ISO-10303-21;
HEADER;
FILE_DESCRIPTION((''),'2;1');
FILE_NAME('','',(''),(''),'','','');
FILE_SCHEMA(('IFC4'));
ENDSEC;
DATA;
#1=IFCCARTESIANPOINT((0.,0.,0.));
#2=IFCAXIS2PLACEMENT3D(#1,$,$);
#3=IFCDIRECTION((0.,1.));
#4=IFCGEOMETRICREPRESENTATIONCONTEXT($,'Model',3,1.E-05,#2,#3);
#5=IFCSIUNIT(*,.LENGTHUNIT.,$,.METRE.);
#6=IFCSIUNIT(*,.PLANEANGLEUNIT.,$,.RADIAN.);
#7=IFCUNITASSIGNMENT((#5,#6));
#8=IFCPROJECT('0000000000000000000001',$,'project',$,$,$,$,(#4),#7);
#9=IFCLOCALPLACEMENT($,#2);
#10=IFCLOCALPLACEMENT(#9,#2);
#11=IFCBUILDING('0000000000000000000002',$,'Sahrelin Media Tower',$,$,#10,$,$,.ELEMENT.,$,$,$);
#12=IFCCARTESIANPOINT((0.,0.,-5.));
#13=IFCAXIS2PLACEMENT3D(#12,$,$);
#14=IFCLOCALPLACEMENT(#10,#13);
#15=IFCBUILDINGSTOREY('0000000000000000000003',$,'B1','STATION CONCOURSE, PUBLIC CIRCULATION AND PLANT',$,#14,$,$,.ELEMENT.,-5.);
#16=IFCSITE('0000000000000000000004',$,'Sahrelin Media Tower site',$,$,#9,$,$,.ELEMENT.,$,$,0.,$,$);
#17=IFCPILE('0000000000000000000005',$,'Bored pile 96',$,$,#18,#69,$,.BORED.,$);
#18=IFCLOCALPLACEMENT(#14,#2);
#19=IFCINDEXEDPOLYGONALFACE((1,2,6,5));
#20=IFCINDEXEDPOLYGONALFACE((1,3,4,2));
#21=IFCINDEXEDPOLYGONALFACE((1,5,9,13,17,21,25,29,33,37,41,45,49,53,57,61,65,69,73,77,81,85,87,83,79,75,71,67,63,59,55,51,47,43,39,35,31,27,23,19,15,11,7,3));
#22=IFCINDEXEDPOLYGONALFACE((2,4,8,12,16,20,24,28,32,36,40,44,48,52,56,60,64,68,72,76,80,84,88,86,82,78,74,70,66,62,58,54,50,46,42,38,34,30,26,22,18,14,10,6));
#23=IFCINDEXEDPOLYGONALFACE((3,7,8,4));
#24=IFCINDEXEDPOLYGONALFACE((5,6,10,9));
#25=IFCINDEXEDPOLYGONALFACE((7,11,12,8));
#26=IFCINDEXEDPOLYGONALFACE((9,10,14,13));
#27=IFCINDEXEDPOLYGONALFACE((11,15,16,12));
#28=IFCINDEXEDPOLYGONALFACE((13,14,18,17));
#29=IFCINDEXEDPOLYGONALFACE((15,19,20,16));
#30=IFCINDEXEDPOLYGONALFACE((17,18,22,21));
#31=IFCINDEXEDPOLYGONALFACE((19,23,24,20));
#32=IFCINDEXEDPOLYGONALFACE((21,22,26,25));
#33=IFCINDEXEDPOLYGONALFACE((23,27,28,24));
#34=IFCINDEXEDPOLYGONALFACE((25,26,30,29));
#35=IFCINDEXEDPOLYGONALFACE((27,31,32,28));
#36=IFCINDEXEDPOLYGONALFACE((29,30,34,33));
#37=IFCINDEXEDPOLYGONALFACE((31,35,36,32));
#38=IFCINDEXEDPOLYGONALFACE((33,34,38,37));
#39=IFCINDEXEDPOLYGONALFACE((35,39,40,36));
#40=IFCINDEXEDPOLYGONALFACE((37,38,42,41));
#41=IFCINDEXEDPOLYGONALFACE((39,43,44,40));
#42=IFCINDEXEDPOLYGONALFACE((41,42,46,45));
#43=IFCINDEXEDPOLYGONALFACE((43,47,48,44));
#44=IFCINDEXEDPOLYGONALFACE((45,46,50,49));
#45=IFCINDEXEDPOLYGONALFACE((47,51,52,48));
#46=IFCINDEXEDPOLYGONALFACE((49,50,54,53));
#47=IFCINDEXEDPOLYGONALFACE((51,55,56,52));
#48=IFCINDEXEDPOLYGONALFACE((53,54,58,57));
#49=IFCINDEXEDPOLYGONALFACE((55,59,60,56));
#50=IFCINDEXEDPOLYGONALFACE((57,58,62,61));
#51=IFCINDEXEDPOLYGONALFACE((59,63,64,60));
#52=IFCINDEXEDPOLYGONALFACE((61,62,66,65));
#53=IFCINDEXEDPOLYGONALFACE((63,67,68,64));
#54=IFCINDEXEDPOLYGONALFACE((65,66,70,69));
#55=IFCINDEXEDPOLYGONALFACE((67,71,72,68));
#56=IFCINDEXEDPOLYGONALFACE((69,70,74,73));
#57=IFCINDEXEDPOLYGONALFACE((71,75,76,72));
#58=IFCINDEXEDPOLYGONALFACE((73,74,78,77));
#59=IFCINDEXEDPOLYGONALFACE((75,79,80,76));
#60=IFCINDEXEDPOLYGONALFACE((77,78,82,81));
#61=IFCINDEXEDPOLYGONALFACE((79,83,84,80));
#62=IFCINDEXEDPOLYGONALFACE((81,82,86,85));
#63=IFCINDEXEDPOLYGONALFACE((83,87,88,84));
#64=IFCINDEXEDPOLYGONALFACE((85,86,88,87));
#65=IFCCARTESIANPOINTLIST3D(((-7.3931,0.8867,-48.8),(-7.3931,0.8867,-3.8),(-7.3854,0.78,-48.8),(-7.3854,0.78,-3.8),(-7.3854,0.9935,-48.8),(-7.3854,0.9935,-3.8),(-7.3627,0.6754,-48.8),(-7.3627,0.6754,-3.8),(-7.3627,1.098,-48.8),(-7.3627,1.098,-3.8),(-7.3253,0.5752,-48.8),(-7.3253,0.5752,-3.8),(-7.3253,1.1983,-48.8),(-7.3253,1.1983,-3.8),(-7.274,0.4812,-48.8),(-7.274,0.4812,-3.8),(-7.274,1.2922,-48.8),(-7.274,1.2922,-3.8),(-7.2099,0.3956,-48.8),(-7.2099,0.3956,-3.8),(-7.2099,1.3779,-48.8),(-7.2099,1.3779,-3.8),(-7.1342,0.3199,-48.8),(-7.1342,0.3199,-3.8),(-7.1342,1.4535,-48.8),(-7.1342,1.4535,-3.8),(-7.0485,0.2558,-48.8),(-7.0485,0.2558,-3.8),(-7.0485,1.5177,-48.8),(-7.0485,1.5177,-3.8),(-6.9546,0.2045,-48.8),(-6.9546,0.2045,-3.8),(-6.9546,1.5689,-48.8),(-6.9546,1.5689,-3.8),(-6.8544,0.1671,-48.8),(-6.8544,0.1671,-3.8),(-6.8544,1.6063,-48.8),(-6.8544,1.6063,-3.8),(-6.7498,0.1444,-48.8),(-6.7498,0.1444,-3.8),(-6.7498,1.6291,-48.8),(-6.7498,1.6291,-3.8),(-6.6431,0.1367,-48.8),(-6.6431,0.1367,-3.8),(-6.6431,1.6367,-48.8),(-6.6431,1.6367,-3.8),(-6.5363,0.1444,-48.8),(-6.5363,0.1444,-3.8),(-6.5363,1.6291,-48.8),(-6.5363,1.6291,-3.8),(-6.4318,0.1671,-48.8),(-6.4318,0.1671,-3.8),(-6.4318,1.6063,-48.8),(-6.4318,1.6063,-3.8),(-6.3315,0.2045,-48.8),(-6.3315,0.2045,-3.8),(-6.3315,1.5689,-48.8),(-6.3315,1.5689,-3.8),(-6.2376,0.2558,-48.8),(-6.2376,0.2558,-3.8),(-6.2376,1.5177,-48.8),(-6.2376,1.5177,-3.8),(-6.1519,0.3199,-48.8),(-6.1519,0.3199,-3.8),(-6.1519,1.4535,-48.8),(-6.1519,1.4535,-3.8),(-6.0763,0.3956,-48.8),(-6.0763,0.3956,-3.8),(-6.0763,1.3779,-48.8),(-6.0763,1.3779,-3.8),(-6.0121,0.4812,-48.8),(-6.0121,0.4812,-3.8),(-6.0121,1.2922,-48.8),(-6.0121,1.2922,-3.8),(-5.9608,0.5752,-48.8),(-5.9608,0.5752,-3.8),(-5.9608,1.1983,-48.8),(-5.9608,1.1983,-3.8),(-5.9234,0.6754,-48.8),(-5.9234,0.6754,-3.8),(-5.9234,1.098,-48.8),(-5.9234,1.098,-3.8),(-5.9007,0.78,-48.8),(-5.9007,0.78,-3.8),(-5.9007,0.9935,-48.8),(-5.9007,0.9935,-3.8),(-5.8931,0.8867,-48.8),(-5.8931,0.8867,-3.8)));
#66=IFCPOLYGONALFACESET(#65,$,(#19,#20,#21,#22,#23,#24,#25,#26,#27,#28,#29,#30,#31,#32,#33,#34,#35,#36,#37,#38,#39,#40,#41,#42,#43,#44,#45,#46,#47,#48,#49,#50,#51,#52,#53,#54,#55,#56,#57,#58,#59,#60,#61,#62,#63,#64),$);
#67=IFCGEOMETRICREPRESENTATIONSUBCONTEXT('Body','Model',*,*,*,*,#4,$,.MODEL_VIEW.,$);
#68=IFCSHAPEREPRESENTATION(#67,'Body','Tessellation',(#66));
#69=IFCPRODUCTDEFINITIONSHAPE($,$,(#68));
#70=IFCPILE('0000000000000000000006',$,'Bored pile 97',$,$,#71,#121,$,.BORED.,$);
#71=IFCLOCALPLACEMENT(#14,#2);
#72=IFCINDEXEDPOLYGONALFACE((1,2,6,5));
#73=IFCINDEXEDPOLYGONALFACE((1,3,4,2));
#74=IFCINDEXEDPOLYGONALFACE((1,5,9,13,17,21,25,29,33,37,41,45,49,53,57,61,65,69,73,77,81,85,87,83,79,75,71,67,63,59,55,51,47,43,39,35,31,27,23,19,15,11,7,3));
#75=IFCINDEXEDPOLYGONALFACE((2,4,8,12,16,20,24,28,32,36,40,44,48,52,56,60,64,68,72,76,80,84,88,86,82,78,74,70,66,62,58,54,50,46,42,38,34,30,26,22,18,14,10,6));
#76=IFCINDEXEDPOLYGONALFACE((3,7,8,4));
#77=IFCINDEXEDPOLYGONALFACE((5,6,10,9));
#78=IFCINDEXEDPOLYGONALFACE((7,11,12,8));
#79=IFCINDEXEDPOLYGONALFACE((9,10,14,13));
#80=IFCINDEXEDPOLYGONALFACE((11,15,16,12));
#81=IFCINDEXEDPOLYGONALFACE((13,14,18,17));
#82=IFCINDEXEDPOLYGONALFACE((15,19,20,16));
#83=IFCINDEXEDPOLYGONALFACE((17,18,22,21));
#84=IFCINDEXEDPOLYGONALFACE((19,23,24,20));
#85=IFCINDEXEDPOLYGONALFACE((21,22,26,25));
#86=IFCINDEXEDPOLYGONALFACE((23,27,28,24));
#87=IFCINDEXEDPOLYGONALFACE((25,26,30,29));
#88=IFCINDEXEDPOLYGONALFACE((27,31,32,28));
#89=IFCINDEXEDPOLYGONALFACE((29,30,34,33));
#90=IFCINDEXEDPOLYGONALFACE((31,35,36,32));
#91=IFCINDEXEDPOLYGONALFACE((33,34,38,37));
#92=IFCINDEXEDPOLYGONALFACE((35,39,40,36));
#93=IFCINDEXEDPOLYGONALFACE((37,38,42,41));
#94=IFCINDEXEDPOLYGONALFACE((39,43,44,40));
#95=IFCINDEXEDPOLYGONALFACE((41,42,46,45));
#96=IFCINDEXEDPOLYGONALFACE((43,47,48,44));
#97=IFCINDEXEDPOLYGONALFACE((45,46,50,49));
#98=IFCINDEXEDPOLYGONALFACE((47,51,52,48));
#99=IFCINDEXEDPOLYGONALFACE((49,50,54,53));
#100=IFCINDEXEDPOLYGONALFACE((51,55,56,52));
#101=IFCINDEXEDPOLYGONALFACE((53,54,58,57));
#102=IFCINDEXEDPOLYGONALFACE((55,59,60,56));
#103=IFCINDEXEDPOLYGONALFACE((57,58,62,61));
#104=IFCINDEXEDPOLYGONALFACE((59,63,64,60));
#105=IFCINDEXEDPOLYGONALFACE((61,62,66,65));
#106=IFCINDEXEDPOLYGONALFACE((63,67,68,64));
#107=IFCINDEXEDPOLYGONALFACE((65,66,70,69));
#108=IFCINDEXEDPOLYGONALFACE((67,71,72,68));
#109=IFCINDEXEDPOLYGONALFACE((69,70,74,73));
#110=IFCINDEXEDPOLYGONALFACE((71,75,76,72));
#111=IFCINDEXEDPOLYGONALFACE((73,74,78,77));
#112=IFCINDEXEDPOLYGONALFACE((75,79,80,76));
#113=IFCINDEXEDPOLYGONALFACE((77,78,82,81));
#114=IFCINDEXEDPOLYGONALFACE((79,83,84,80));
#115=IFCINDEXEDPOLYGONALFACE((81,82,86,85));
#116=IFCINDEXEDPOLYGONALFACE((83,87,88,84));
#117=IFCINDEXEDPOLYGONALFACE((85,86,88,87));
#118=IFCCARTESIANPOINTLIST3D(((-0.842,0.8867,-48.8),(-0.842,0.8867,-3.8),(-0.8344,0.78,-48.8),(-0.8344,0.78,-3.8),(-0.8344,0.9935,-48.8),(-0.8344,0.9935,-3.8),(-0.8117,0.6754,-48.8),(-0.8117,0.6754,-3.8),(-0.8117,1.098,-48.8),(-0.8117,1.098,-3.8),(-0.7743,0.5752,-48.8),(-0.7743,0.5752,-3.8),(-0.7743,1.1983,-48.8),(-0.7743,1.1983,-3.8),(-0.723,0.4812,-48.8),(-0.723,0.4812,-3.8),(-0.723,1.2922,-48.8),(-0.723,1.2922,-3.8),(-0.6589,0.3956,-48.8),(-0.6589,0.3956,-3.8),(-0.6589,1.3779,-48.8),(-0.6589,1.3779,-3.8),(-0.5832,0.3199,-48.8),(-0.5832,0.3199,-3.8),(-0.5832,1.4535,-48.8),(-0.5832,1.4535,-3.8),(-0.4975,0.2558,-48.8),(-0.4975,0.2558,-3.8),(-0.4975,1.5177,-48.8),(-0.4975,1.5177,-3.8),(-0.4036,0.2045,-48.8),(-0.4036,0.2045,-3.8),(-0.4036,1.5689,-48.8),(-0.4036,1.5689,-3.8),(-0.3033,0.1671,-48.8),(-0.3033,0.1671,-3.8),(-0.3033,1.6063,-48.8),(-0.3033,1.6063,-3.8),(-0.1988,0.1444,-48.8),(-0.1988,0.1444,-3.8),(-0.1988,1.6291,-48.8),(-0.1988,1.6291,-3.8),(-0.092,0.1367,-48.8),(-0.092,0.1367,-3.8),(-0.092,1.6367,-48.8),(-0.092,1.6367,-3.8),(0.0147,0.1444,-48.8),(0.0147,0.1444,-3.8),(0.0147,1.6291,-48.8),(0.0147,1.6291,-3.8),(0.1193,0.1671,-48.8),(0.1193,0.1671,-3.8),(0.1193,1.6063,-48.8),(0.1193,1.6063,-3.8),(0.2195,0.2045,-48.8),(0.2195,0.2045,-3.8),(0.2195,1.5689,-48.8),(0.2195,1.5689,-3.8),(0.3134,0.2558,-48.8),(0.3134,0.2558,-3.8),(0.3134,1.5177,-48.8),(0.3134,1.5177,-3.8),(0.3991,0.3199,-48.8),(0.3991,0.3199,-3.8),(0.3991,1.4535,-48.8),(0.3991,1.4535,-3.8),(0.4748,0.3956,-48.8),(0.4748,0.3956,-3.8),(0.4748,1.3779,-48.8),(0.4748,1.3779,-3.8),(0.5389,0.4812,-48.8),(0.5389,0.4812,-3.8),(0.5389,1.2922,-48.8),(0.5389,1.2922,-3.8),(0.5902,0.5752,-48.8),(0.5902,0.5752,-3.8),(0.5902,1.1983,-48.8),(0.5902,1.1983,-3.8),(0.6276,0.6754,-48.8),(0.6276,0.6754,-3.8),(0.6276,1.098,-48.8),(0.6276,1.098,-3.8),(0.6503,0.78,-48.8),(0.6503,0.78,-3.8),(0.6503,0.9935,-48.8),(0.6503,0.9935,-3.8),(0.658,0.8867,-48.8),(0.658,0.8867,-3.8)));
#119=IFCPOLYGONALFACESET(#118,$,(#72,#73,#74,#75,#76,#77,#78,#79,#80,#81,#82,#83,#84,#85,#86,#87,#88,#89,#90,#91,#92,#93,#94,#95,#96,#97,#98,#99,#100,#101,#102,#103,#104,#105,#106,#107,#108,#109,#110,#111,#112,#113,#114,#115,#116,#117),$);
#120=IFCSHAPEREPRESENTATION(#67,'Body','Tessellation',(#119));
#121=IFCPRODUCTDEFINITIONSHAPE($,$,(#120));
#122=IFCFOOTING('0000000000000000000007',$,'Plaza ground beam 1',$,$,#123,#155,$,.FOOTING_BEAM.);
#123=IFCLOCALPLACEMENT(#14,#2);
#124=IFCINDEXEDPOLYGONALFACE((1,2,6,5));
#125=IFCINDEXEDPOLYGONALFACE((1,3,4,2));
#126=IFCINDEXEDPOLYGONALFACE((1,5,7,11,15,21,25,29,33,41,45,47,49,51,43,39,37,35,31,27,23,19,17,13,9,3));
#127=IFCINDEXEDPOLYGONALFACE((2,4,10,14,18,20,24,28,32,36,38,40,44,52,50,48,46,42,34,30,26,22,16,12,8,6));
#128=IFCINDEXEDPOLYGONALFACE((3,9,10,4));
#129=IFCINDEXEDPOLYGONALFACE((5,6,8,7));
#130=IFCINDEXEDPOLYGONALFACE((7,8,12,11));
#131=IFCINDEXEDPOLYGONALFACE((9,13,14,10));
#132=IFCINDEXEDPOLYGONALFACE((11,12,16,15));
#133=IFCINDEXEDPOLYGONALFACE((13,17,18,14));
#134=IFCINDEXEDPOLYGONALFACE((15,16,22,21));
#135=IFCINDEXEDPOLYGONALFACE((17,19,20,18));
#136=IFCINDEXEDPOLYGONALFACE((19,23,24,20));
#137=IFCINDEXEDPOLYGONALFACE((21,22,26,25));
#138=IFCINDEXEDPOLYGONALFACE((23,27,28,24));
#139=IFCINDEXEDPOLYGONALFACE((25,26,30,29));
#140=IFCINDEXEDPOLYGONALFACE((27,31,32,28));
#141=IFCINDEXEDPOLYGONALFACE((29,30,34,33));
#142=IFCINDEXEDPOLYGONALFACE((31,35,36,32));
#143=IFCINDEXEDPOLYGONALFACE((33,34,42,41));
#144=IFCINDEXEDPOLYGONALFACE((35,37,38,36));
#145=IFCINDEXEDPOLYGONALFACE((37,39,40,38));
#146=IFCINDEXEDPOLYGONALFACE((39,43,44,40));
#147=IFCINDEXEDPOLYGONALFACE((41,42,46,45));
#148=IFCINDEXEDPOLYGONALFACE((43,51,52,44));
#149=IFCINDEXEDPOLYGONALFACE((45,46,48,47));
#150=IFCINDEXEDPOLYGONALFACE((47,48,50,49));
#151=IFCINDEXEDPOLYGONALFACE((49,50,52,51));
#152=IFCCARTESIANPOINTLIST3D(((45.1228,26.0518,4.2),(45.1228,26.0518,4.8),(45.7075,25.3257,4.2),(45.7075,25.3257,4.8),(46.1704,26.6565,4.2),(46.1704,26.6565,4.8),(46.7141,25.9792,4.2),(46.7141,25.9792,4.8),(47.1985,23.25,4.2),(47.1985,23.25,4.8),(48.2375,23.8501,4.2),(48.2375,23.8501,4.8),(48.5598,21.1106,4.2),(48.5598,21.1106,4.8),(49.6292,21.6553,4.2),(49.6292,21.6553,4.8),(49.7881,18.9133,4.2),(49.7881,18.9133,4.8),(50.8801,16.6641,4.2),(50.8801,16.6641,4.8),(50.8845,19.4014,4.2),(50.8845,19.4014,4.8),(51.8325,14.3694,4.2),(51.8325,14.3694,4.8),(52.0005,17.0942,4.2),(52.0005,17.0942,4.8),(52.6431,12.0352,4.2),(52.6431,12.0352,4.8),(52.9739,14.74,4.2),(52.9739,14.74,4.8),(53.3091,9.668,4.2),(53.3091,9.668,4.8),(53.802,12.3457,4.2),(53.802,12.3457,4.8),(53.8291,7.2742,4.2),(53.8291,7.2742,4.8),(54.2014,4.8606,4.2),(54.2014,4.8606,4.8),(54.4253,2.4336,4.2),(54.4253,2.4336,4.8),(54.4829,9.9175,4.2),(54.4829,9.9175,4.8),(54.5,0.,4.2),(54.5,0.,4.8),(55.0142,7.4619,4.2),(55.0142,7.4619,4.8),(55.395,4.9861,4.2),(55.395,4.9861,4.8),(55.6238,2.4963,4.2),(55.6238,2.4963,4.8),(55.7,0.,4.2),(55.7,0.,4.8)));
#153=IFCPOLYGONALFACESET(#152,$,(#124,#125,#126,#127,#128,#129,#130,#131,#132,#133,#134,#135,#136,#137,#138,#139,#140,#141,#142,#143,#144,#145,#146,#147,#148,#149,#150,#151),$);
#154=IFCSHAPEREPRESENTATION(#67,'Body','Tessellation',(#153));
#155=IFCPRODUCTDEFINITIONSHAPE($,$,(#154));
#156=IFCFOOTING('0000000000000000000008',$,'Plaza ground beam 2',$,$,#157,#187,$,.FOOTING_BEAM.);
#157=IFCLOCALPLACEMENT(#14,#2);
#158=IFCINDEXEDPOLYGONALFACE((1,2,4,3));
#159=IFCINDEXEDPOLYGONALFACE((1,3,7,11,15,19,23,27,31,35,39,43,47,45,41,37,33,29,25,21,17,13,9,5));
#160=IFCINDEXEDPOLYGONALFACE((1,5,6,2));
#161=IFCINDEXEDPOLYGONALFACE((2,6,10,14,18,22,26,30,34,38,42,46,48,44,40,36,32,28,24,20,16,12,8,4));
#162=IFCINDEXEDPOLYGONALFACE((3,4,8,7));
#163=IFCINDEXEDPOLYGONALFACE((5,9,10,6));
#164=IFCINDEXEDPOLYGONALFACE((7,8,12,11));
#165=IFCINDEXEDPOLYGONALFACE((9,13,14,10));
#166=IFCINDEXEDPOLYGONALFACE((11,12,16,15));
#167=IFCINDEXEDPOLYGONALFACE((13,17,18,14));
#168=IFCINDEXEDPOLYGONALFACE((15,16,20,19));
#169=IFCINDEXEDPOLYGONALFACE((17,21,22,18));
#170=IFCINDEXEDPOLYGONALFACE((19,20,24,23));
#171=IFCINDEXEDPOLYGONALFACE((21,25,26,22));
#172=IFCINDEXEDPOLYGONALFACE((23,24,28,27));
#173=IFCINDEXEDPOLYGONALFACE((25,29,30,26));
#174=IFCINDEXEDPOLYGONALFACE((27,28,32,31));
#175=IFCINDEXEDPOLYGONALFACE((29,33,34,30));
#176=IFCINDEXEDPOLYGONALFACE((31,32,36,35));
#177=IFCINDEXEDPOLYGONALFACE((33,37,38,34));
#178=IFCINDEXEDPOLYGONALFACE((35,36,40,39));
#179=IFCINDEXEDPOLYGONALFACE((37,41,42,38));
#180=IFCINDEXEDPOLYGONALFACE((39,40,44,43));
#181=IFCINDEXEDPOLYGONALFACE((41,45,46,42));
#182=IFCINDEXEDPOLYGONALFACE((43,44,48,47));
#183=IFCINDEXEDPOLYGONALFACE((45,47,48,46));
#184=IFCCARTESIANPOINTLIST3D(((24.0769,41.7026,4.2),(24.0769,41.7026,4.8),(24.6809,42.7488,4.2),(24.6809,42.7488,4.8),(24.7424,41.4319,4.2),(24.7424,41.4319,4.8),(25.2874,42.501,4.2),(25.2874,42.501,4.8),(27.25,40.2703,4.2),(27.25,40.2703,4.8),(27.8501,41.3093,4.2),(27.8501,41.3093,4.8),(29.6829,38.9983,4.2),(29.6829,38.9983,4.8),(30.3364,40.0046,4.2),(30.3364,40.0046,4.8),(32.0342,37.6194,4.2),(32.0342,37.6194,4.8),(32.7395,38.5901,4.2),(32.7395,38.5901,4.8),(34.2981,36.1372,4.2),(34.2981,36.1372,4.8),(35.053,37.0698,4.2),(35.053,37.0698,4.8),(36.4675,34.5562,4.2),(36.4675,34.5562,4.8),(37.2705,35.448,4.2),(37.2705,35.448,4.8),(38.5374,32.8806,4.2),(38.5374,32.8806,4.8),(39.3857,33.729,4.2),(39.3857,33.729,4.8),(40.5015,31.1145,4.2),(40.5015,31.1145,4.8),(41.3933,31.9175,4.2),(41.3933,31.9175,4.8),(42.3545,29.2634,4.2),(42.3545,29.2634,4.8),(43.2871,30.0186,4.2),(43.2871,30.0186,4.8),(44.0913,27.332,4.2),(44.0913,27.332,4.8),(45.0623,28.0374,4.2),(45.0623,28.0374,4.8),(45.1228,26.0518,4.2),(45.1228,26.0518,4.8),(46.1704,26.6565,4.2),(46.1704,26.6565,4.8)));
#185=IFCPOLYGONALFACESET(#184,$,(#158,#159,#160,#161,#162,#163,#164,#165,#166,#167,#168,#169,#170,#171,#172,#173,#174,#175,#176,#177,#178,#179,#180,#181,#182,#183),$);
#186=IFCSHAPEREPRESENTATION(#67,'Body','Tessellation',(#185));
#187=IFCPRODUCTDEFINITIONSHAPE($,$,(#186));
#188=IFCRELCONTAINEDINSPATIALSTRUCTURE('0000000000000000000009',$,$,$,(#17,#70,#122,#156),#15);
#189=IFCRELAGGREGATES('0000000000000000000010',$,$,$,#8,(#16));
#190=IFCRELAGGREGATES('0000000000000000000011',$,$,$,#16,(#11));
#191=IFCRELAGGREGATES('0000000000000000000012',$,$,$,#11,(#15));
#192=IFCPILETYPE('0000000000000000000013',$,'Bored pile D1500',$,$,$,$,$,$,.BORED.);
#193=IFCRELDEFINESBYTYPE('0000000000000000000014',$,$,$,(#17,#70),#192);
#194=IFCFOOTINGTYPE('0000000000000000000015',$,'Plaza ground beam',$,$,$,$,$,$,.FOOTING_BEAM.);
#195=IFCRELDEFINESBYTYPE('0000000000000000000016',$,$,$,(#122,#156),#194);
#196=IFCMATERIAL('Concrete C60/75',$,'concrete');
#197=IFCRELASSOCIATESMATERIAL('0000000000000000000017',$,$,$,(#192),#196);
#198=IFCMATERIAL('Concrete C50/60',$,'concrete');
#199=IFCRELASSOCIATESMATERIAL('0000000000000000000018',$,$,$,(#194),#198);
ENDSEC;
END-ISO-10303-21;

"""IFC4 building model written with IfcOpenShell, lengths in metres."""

from ifc_helpers import new_model, si_unit, direction, frame, origin, origin_2d, place, context, subcontext, project, spatial, polyline, circle, outline, extrude, material, material_profile, profile_set, type_object, element, save


model = new_model("IFC4")

# Units and contexts
model_context = context("Model", 3, precision=1e-05, world=origin(), true_north=direction((0.0, 1.0)))
body_context = subcontext(model_context, "Body", "Model", "MODEL_VIEW")
ifc_project = project(units=[si_unit("LENGTHUNIT", "METRE"), si_unit("PLANEANGLEUNIT", "RADIAN")], contexts=[model_context])

# Site, building, storey
site_placement = place(None, origin())
site = spatial("IfcSite", under=ifc_project, at=site_placement, Name="Sahrelin Media Tower site", CompositionType="ELEMENT", RefElevation=0.0)
building_placement = place(site_placement, origin())
building = spatial("IfcBuilding", under=site, at=building_placement, Name="Sahrelin Media Tower", CompositionType="ELEMENT")
storey_placement = place(building_placement, frame((0.0, 0.0, -5.0)))
storey = spatial("IfcBuildingStorey", under=building, at=storey_placement, Name="B1", Description="STATION CONCOURSE, PUBLIC CIRCULATION AND PLANT", CompositionType="ELEMENT", Elevation=-5.0)

# Piles
ifc_material_1 = material(Name="Concrete C60/75", Category="concrete")
ifc_material_profile = material_profile(ifc_material_1, circle(Radius=0.75, at=origin_2d()), Name="Bored pile D1500")
ifc_profile_set = profile_set([ifc_material_profile], Name="Concrete C60/75")
pile_type = type_object("IfcPileType", Name="Bored pile D1500", PredefinedType="BORED", material=ifc_profile_set)
for number, where, z_axis, x_axis, name in (
    (1, (-6.6431, 0.8867, -3.8), (0.0, 0.0, -1.0), (1.0, 0.0, 0.0), "Bored pile 96"),
    (2, (-0.092, 0.8867, -3.8), (0.0, 0.0, -1.0), (1.0, 0.0, 0.0), "Bored pile 97"),
):
    element("IfcPile", number, at=place(storey_placement, frame(where, z_axis=z_axis, x_axis=x_axis)), inside=storey, type_object=pile_type, Name=name, PredefinedType="BORED", context=body_context, shape_type="SweptSolid", body=[
        extrude(circle(Radius=0.75, at=origin_2d()), origin(), (0.0, 0.0, 1.0), 45.0),
    ])

# Footings
ifc_material_2 = material(Name="Concrete C50/60", Category="concrete")
footing_type = type_object("IfcFootingType", Name="Plaza ground beam", PredefinedType="FOOTING_BEAM", material=ifc_material_2)
placement_1 = place(storey_placement, frame((0.0, 0.0, 4.2)))
element("IfcFooting", 3, at=placement_1, inside=storey, type_object=footing_type, Name="Plaza ground beam 1", PredefinedType="FOOTING_BEAM", context=body_context, shape_type="SweptSolid", body=[
    extrude(outline(polyline([(46.1704, 26.6565), (45.1228, 26.0518), (45.7075, 25.3257), (47.1985, 23.25), (48.5598, 21.1106), (49.7881, 18.9133), (50.8801, 16.6641), (51.8325, 14.3694), (52.6431, 12.0352), (53.3091, 9.668), (53.8291, 7.2742), (54.2014, 4.8606), (54.4253, 2.4336), (54.5, 0.0), (55.7, 0.0), (55.6238, 2.4963), (55.395, 4.9861), (55.0142, 7.4619), (54.4829, 9.9175), (53.802, 12.3457), (52.9739, 14.74), (52.0005, 17.0942), (50.8845, 19.4014), (49.6292, 21.6553), (48.2375, 23.8501), (46.7141, 25.9792), (46.1704, 26.6565)])), origin(), (0.0, 0.0, 1.0), 0.6001),
])
element("IfcFooting", 4, at=placement_1, inside=storey, type_object=footing_type, Name="Plaza ground beam 2", PredefinedType="FOOTING_BEAM", context=body_context, shape_type="SweptSolid", body=[
    extrude(outline(polyline([(24.6809, 42.7488), (24.0769, 41.7026), (24.7424, 41.4319), (27.25, 40.2703), (29.6829, 38.9983), (32.0342, 37.6194), (34.2981, 36.1372), (36.4675, 34.5562), (38.5374, 32.8806), (40.5015, 31.1145), (42.3545, 29.2634), (44.0913, 27.332), (45.1228, 26.0518), (46.1704, 26.6565), (45.0623, 28.0374), (43.2871, 30.0186), (41.3933, 31.9175), (39.3857, 33.729), (37.2705, 35.448), (35.053, 37.0698), (32.7395, 38.5901), (30.3364, 40.0046), (27.8501, 41.3093), (25.2874, 42.501), (24.6809, 42.7488)])), origin(), (0.0, 0.0, 1.0), 0.6001),
])

save(model, "model.ifc")
